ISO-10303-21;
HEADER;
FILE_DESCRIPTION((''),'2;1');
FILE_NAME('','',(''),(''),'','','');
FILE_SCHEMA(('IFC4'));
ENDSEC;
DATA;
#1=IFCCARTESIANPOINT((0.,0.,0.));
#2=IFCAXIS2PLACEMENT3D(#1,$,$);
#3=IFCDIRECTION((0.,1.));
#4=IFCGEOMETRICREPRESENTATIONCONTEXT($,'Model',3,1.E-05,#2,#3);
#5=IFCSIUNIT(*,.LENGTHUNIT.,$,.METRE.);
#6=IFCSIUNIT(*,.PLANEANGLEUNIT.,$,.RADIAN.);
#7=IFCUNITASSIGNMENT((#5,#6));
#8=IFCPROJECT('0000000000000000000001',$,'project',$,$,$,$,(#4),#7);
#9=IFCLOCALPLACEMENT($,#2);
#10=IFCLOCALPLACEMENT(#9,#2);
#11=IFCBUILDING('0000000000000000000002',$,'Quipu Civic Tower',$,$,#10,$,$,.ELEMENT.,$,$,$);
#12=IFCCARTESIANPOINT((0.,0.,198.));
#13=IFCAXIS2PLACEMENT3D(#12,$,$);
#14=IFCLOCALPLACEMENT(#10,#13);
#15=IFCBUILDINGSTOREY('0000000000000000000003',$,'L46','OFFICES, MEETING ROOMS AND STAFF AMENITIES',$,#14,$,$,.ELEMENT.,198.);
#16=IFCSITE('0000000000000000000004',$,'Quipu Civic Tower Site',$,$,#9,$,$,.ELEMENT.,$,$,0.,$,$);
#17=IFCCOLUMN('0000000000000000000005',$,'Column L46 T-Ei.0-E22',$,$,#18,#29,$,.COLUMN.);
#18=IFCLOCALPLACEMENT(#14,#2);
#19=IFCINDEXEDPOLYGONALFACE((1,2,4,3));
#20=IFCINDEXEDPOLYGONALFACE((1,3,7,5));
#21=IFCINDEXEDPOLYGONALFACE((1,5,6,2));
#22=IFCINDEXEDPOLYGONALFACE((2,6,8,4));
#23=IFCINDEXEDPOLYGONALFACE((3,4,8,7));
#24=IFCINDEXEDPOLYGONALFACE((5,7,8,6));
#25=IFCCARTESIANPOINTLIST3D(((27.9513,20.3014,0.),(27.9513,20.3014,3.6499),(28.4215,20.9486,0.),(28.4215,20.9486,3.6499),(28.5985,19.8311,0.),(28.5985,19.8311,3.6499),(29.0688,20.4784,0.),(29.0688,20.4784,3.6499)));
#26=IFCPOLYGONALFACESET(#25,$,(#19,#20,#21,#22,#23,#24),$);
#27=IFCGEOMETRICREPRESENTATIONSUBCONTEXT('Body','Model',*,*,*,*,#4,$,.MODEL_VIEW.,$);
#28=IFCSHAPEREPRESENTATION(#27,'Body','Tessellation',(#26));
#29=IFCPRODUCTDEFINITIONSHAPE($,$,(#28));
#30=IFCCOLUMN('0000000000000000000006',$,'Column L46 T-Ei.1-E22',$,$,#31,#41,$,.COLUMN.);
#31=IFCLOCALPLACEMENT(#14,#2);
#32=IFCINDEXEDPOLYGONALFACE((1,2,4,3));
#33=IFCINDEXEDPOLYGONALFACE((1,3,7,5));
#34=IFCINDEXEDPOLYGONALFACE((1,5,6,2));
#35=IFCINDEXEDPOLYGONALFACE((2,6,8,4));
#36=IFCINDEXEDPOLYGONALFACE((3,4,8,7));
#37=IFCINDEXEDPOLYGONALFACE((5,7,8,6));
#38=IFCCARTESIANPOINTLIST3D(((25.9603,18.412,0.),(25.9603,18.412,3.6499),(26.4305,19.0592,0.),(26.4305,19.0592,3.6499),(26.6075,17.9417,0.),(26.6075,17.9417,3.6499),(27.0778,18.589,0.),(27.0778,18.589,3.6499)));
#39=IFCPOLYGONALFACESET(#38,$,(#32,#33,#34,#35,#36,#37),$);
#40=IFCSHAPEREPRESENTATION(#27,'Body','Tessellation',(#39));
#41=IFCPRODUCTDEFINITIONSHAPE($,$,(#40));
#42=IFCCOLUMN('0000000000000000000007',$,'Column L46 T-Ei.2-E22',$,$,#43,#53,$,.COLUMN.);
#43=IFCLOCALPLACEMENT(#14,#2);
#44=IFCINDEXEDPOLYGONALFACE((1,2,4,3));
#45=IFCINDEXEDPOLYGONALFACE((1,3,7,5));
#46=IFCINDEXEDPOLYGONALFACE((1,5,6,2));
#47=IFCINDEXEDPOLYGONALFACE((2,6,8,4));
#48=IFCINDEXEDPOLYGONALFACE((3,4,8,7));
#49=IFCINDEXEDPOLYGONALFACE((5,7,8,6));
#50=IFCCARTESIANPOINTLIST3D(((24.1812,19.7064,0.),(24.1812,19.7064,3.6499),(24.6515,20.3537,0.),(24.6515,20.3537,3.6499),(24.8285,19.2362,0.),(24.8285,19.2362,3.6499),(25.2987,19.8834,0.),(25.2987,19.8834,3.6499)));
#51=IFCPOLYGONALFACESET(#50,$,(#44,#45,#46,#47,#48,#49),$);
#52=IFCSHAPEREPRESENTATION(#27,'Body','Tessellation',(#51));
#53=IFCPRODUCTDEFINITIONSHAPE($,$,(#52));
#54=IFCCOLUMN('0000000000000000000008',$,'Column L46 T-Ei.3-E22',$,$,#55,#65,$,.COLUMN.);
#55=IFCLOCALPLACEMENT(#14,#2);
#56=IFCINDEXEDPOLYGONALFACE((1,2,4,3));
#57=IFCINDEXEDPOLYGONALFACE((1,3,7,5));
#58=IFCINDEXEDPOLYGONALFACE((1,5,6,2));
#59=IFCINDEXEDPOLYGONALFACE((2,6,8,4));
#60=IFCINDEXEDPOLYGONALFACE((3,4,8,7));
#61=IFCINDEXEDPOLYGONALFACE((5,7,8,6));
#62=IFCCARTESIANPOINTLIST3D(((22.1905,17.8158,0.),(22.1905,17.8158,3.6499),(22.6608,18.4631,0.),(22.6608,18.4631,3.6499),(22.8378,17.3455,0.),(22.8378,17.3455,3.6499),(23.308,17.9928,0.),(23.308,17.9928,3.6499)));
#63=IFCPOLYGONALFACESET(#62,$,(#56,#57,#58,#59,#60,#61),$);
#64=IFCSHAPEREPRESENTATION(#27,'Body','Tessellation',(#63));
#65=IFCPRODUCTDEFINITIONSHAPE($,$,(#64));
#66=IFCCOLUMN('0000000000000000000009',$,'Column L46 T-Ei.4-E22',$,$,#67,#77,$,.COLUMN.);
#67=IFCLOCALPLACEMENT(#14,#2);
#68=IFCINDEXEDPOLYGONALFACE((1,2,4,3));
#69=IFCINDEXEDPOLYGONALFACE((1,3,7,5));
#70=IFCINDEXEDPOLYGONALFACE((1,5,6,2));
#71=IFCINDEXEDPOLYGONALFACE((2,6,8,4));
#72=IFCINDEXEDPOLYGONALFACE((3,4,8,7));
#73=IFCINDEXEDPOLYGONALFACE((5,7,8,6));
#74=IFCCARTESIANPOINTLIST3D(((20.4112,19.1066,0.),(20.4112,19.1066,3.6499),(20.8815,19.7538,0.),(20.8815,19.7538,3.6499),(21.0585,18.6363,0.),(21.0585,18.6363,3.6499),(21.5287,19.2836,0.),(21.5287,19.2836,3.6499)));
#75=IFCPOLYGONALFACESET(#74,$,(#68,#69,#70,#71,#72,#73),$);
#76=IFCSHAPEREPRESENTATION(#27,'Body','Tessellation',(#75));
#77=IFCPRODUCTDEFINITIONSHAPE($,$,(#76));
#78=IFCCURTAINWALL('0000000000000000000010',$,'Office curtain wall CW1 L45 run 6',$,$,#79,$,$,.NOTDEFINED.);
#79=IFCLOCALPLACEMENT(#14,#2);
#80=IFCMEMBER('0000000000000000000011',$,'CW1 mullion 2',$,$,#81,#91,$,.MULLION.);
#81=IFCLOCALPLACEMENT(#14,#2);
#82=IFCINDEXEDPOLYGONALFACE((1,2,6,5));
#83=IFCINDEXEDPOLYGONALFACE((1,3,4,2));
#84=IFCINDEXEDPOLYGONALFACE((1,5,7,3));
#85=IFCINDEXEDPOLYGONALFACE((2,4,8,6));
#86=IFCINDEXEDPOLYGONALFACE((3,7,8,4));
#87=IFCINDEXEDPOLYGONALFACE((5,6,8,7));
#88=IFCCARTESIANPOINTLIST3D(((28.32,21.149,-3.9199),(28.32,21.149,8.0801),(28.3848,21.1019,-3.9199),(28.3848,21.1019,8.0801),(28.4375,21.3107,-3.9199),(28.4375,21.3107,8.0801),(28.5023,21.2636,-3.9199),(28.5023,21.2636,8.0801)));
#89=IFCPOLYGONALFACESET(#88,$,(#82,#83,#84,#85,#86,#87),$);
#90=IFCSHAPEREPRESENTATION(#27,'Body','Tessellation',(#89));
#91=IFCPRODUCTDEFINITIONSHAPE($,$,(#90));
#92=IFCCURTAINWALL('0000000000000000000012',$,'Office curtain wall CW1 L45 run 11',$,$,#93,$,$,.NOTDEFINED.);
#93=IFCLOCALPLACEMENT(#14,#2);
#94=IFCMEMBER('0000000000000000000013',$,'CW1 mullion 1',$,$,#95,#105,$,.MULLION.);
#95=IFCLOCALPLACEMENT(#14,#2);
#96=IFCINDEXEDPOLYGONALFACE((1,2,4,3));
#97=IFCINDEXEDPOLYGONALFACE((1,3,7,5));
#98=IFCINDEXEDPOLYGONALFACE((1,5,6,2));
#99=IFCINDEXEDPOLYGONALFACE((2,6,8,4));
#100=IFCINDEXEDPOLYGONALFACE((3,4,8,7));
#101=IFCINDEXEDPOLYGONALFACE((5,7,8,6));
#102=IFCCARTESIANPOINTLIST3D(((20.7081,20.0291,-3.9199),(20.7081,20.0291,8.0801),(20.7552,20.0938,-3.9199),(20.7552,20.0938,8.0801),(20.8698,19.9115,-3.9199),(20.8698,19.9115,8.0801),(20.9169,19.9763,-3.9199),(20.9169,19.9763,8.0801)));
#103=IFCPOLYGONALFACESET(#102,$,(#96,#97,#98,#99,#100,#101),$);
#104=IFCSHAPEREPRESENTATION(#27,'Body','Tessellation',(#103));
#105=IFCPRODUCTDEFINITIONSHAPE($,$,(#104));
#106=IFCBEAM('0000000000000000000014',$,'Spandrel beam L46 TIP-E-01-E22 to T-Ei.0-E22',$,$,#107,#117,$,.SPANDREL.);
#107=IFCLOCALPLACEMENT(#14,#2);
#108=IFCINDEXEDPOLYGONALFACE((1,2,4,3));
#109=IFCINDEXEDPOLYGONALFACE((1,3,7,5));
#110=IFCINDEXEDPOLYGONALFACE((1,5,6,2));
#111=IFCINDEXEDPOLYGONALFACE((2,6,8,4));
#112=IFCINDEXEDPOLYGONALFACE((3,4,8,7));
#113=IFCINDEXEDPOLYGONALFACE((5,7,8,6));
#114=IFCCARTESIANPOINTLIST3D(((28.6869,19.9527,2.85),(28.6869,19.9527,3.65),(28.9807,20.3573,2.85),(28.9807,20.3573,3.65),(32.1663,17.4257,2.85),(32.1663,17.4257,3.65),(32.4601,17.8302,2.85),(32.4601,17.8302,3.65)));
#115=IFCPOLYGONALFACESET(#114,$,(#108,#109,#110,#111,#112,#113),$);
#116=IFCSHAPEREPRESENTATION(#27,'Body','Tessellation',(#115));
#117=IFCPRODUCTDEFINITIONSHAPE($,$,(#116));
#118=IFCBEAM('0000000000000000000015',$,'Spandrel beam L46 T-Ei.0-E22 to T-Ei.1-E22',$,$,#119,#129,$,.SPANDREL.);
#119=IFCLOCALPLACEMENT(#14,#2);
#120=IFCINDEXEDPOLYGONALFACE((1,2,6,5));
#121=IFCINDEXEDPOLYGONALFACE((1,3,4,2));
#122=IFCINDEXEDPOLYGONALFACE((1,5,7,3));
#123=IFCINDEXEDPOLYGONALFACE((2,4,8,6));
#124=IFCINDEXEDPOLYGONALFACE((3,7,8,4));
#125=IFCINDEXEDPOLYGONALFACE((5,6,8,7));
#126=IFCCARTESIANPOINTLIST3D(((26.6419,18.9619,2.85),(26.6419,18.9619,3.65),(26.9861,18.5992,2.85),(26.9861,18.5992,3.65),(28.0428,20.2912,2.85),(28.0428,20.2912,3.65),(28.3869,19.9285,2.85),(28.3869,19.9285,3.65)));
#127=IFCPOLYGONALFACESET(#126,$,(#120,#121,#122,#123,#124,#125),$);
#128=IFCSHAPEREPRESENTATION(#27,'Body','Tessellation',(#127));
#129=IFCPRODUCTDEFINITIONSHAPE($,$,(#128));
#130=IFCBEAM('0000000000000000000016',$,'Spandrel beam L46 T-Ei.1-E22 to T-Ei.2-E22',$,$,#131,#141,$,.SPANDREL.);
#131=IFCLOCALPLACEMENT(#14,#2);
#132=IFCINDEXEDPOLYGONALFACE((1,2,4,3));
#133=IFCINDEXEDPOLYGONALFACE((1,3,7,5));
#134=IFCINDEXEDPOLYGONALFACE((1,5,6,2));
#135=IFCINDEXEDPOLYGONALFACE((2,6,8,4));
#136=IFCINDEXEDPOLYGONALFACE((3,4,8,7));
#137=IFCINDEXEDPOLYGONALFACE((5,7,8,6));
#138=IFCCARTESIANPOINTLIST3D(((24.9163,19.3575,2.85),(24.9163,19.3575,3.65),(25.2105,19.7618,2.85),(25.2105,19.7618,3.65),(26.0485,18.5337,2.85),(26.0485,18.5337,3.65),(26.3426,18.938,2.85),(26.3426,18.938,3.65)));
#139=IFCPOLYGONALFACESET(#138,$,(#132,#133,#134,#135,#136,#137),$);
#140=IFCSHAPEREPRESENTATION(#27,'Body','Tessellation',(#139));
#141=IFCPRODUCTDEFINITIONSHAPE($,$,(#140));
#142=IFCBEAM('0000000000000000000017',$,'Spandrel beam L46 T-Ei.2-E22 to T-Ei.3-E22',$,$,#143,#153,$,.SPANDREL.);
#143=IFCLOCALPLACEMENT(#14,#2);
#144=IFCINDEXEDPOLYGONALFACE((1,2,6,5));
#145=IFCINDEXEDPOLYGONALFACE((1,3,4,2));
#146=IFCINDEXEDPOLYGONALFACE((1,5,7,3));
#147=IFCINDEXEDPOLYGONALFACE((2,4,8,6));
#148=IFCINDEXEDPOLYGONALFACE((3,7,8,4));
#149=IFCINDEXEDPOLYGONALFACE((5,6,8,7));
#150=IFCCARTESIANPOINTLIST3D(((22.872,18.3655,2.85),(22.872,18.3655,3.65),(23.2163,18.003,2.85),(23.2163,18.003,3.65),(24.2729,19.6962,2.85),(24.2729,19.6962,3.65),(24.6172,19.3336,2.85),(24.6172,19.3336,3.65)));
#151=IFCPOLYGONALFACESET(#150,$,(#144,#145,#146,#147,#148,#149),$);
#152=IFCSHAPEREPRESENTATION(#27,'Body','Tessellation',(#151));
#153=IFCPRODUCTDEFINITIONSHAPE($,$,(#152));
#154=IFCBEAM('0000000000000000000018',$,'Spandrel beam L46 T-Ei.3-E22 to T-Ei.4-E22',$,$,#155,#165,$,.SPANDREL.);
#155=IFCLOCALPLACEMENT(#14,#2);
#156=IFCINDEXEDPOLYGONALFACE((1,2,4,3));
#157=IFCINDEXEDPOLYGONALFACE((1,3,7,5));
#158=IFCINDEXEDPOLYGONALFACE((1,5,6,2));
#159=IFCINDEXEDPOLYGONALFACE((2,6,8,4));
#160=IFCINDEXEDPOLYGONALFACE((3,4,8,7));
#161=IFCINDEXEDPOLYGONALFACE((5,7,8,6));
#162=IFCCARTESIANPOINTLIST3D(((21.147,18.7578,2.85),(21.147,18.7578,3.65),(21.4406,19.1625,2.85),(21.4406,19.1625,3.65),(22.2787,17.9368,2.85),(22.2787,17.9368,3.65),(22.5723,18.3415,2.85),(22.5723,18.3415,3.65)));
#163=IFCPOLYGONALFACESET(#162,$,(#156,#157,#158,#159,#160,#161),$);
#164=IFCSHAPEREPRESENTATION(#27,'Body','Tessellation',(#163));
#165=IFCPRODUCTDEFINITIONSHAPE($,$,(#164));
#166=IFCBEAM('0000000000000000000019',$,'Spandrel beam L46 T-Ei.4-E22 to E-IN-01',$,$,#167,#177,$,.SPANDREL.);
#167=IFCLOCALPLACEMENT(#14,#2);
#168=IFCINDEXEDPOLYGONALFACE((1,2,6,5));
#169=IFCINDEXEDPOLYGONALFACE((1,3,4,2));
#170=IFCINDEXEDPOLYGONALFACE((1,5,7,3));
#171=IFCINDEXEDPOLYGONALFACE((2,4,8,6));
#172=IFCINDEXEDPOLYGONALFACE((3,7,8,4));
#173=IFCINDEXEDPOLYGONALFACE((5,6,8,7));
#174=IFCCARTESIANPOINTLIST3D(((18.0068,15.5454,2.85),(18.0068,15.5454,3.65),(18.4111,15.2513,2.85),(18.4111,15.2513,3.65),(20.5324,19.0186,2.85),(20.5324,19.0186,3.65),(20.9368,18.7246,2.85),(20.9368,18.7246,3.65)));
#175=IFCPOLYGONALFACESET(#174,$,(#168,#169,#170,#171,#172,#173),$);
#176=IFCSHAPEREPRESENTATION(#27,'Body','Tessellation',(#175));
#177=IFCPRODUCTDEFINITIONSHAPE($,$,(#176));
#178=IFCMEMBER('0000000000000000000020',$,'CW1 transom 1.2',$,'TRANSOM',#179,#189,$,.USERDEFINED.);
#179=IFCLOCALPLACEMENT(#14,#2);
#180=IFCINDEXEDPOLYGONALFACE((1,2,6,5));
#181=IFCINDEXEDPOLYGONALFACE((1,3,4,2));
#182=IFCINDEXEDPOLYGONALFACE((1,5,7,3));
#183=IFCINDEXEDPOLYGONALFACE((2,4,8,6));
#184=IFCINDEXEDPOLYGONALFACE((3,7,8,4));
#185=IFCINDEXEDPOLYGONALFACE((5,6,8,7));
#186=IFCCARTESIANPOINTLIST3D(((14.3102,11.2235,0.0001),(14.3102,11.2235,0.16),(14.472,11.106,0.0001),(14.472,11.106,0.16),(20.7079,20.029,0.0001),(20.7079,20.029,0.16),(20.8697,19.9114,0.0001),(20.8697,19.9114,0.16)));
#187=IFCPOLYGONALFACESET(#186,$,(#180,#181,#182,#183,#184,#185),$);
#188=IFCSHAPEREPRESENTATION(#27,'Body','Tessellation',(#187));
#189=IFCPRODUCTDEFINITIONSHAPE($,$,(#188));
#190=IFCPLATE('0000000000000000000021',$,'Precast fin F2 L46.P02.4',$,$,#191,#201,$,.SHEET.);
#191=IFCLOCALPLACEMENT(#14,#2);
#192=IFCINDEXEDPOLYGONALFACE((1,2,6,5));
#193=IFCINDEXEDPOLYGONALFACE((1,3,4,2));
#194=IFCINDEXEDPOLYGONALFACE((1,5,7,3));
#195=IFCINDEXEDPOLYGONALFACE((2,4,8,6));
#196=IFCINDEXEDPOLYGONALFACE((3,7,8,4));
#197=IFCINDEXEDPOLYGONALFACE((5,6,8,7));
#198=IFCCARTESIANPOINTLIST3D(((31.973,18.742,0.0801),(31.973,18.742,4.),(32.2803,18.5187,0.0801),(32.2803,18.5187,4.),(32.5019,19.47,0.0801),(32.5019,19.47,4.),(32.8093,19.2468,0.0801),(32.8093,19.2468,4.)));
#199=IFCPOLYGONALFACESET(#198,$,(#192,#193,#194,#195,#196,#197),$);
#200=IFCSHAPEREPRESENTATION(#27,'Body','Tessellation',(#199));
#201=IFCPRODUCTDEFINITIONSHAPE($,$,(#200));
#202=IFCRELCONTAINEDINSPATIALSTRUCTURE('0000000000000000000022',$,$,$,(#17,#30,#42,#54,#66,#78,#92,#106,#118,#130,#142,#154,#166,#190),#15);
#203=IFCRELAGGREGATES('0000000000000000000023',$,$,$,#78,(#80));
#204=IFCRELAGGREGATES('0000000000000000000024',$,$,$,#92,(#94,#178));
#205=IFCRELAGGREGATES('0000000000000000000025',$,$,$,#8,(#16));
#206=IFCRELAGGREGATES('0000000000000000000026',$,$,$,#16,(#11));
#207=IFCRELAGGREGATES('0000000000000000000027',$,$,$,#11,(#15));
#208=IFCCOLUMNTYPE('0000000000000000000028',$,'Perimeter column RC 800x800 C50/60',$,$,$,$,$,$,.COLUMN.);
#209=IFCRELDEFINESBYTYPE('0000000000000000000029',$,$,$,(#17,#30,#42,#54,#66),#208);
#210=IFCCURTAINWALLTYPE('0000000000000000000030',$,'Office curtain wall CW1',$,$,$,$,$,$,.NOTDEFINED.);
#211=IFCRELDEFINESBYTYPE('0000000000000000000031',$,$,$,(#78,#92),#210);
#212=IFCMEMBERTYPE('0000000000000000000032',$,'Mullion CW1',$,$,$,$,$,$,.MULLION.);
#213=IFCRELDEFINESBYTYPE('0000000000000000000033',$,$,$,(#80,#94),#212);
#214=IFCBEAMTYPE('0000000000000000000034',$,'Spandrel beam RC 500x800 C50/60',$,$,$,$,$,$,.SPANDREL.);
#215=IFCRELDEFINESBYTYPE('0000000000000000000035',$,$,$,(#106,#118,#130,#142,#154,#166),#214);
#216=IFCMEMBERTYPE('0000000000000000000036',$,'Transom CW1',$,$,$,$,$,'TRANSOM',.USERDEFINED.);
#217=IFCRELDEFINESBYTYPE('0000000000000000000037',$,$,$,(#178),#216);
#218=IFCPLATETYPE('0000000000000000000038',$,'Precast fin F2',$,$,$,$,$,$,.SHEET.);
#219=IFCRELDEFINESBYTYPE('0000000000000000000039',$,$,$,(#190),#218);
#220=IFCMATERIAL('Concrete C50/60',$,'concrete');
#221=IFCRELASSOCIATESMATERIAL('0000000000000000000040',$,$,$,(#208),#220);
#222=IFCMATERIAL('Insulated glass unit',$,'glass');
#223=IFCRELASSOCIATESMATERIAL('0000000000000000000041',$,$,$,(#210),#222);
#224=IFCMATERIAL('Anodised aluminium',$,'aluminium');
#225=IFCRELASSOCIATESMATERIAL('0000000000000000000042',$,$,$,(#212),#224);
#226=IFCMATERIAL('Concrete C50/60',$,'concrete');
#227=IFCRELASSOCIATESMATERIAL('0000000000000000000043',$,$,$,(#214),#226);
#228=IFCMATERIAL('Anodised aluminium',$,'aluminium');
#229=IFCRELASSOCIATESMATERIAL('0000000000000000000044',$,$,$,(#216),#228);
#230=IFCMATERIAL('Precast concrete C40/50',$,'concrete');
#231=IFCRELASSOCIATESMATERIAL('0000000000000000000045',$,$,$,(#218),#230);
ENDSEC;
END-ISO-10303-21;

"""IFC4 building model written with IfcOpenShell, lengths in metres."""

from ifc_helpers import new_model, si_unit, direction, frame, origin, origin_2d, place, context, subcontext, project, spatial, rectangle, extrude, material, material_profile, profile_set, type_object, element, aggregate, save


model = new_model("IFC4")

# Units and contexts
model_context = context("Model", 3, precision=1e-05, world=origin(), true_north=direction((0.0, 1.0)))
body_context = subcontext(model_context, "Body", "Model", "MODEL_VIEW")
ifc_project = project(units=[si_unit("LENGTHUNIT", "METRE"), si_unit("PLANEANGLEUNIT", "RADIAN")], contexts=[model_context])

# Site, building, storey
site_placement = place(None, origin())
site = spatial("IfcSite", under=ifc_project, at=site_placement, Name="Quipu Civic Tower Site", CompositionType="ELEMENT", RefElevation=0.0)
building_placement = place(site_placement, origin())
building = spatial("IfcBuilding", under=site, at=building_placement, Name="Quipu Civic Tower", CompositionType="ELEMENT")
storey_placement = place(building_placement, frame((0.0, 0.0, 198.0)))
storey = spatial("IfcBuildingStorey", under=building, at=storey_placement, Name="L46", Description="OFFICES, MEETING ROOMS AND STAFF AMENITIES", CompositionType="ELEMENT", Elevation=198.0)

# Columns
ifc_material_1 = material(Name="Concrete C50/60", Category="concrete")
ifc_material_profile_1 = material_profile(ifc_material_1, rectangle(XDim=0.8, YDim=0.8, at=origin_2d()), Name="RC800x800")
ifc_profile_set_1 = profile_set([ifc_material_profile_1], Name="Concrete C50/60")
column_type = type_object("IfcColumnType", Name="Perimeter column RC 800x800 C50/60", PredefinedType="COLUMN", material=ifc_profile_set_1)
for number, where, z_axis, x_axis, name in (
    (1, (28.51, 20.3899, 0.0), (0.0, 0.0, 1.0), (-0.587785, -0.809017, 0.0), "Column L46 T-Ei.0-E22"),
    (2, (26.519, 18.5005, 0.0), (0.0, 0.0, 1.0), (-0.809017, 0.587785, 0.0), "Column L46 T-Ei.1-E22"),
    (3, (24.74, 19.7949, 0.0), (0.0, 0.0, 1.0), (-0.587785, -0.809017, 0.0), "Column L46 T-Ei.2-E22"),
    (4, (22.7493, 17.9043, 0.0), (0.0, 0.0, 1.0), (-0.587785, -0.809017, 0.0), "Column L46 T-Ei.3-E22"),
    (5, (20.97, 19.1951, 0.0), (0.0, 0.0, 1.0), (-0.587785, -0.809017, 0.0), "Column L46 T-Ei.4-E22"),
):
    element("IfcColumn", number, at=place(storey_placement, frame(where, z_axis=z_axis, x_axis=x_axis)), inside=storey, type_object=column_type, Name=name, PredefinedType="COLUMN", context=body_context, shape_type="SweptSolid", body=[
        extrude(rectangle(XDim=0.8, YDim=0.8, at=origin_2d()), origin(), (0.0, 0.0, 1.0), 3.6499),
    ])

# Curtain walls, members
ifc_material_2 = material(Name="Insulated glass unit", Category="glass")
curtain_wall_type = type_object("IfcCurtainWallType", Name="Office curtain wall CW1", PredefinedType="NOTDEFINED", material=ifc_material_2)
curtain_wall_1_placement = place(storey_placement, origin())
curtain_wall_1 = element("IfcCurtainWall", 6, at=curtain_wall_1_placement, inside=storey, type_object=curtain_wall_type, Name="Office curtain wall CW1 L45 run 6", PredefinedType="NOTDEFINED")
ifc_material_3 = material(Name="Anodised aluminium", Category="aluminium")
ifc_material_profile_2 = material_profile(ifc_material_3, rectangle(XDim=0.2, YDim=0.0801, at=origin_2d()), Name="RECT 200x80")
ifc_profile_set_2 = profile_set([ifc_material_profile_2], Name="Anodised aluminium")
member_type_1 = type_object("IfcMemberType", Name="Mullion CW1", PredefinedType="MULLION", material=ifc_profile_set_2)
member_1_placement = place(storey_placement, frame((28.4111, 21.2063, -3.9199), z_axis=(0.0, 0.0, 1.0), x_axis=(-0.587788, -0.809015, 0.0)))
member_1 = element("IfcMember", 7, at=member_1_placement, type_object=member_type_1, Name="CW1 mullion 2", PredefinedType="MULLION", context=body_context, shape_type="SweptSolid", body=[
    extrude(rectangle(XDim=0.2, YDim=0.0801, at=origin_2d()), origin(), (0.0, 0.0, 1.0), 12.0),
])
aggregate(curtain_wall_1, [member_1])
curtain_wall_2_placement = place(storey_placement, origin())
curtain_wall_2 = element("IfcCurtainWall", 8, at=curtain_wall_2_placement, inside=storey, type_object=curtain_wall_type, Name="Office curtain wall CW1 L45 run 11", PredefinedType="NOTDEFINED")
member_2_placement = place(storey_placement, frame((20.8125, 20.0027, -3.9199), z_axis=(0.0, 0.0, 1.0), x_axis=(0.809015, -0.587788, 0.0)))
member_2 = element("IfcMember", 9, at=member_2_placement, type_object=member_type_1, Name="CW1 mullion 1", PredefinedType="MULLION", context=body_context, shape_type="SweptSolid", body=[
    extrude(rectangle(XDim=0.2, YDim=0.0801, at=origin_2d()), origin(), (0.0, 0.0, 1.0), 12.0),
])

# Beams
ifc_material_4 = material(Name="Concrete C50/60", Category="concrete")
ifc_material_profile_3 = material_profile(ifc_material_4, rectangle(XDim=0.5, YDim=0.8, at=origin_2d()), Name="RC500x800")
ifc_profile_set_3 = profile_set([ifc_material_profile_3], Name="Concrete C50/60")
beam_type = type_object("IfcBeamType", Name="Spandrel beam RC 500x800 C50/60", PredefinedType="SPANDREL", material=ifc_profile_set_3)
beam_1_placement = place(storey_placement, frame((32.3132, 17.6279, 3.25), z_axis=(-0.809116, 0.587648, 0.0), x_axis=(-0.587648, -0.809116, 0.0)))
element("IfcBeam", 10, at=beam_1_placement, inside=storey, type_object=beam_type, Name="Spandrel beam L46 TIP-E-01-E22 to T-Ei.0-E22", PredefinedType="SPANDREL", context=body_context, shape_type="SweptSolid", body=[
    extrude(rectangle(XDim=0.5, YDim=0.8, at=origin_2d()), origin(), (0.0, 0.0, 1.0), 4.3003),
])
beam_2_placement = place(storey_placement, frame((28.2148, 20.1099, 3.25), z_axis=(-0.725384, -0.688344, 0.0), x_axis=(0.688344, -0.725384, 0.0)))
element("IfcBeam", 11, at=beam_2_placement, inside=storey, type_object=beam_type, Name="Spandrel beam L46 T-Ei.0-E22 to T-Ei.1-E22", PredefinedType="SPANDREL", context=body_context, shape_type="SweptSolid", body=[
    extrude(rectangle(XDim=0.5, YDim=0.8, at=origin_2d()), origin(), (0.0, 0.0, 1.0), 1.9312),
])
beam_3_placement = place(storey_placement, frame((26.1956, 18.7358, 3.25), z_axis=(-0.8086, 0.588358, 0.0), x_axis=(-0.588358, -0.8086, 0.0)))
element("IfcBeam", 12, at=beam_3_placement, inside=storey, type_object=beam_type, Name="Spandrel beam L46 T-Ei.1-E22 to T-Ei.2-E22", PredefinedType="SPANDREL", context=body_context, shape_type="SweptSolid", body=[
    extrude(rectangle(XDim=0.5, YDim=0.8, at=origin_2d()), origin(), (0.0, 0.0, 1.0), 1.4001),
])
beam_4_placement = place(storey_placement, frame((24.4451, 19.5149, 3.25), z_axis=(-0.725069, -0.688676, 0.0), x_axis=(0.688676, -0.725069, 0.0)))
element("IfcBeam", 13, at=beam_4_placement, inside=storey, type_object=beam_type, Name="Spandrel beam L46 T-Ei.2-E22 to T-Ei.3-E22", PredefinedType="SPANDREL", context=body_context, shape_type="SweptSolid", body=[
    extrude(rectangle(XDim=0.5, YDim=0.8, at=origin_2d()), origin(), (0.0, 0.0, 1.0), 1.9321),
])
beam_5_placement = place(storey_placement, frame((22.4255, 18.1392, 3.25), z_axis=(-0.809453, 0.587185, 0.0), x_axis=(-0.587185, -0.809453, 0.0)))
element("IfcBeam", 14, at=beam_5_placement, inside=storey, type_object=beam_type, Name="Spandrel beam L46 T-Ei.3-E22 to T-Ei.4-E22", PredefinedType="SPANDREL", context=body_context, shape_type="SweptSolid", body=[
    extrude(rectangle(XDim=0.5, YDim=0.8, at=origin_2d()), origin(), (0.0, 0.0, 1.0), 1.3982),
])
beam_6_placement = place(storey_placement, frame((20.7346, 18.8716, 3.25), z_axis=(-0.588128, -0.808768, 0.0), x_axis=(0.808768, -0.588128, 0.0)))
element("IfcBeam", 15, at=beam_6_placement, inside=storey, type_object=beam_type, Name="Spandrel beam L46 T-Ei.4-E22 to E-IN-01", PredefinedType="SPANDREL", context=body_context, shape_type="SweptSolid", body=[
    extrude(rectangle(XDim=0.5, YDim=0.8, at=origin_2d()), origin(), (0.0, 0.0, 1.0), 4.2944),
])

# Member
ifc_material_5 = material(Name="Anodised aluminium", Category="aluminium")
ifc_material_profile_4 = material_profile(ifc_material_5, rectangle(XDim=0.2, YDim=0.1599, at=origin_2d()), Name="RECT 200x160")
ifc_profile_set_4 = profile_set([ifc_material_profile_4], Name="Anodised aluminium")
member_type_2 = type_object("IfcMemberType", Name="Transom CW1", ElementType="TRANSOM", PredefinedType="USERDEFINED", material=ifc_profile_set_4)
member_3_placement = place(storey_placement, frame((20.7888, 19.9702, 0.0801), z_axis=(-0.587797, -0.809009, 0.0), x_axis=(0.809009, -0.587797, 0.0)))
member_3 = element("IfcMember", 16, at=member_3_placement, type_object=member_type_2, Name="CW1 transom 1.2", ObjectType="TRANSOM", PredefinedType="USERDEFINED", context=body_context, shape_type="SweptSolid", body=[
    extrude(rectangle(XDim=0.2, YDim=0.1599, at=origin_2d()), origin(), (0.0, 0.0, 1.0), 10.8843),
])
aggregate(curtain_wall_2, [member_2, member_3])

# Plate
ifc_material_6 = material(Name="Precast concrete C40/50", Category="concrete")
plate_type = type_object("IfcPlateType", Name="Precast fin F2", PredefinedType="SHEET", material=ifc_material_6)
for number, where, z_axis, x_axis, name in (
    (17, (32.3911, 18.9944, 0.0801), (0.0, 0.0, 1.0), (-0.809017, 0.587785, 0.0), "Precast fin F2 L46.P02.4"),
):
    element("IfcPlate", number, at=place(storey_placement, frame(where, z_axis=z_axis, x_axis=x_axis)), inside=storey, type_object=plate_type, Name=name, PredefinedType="SHEET", context=body_context, shape_type="SweptSolid", body=[
        extrude(rectangle(XDim=0.3799, YDim=0.8999, at=origin_2d()), origin(), (0.0, 0.0, 1.0), 3.9199),
    ])

save(model, "model.ifc")
